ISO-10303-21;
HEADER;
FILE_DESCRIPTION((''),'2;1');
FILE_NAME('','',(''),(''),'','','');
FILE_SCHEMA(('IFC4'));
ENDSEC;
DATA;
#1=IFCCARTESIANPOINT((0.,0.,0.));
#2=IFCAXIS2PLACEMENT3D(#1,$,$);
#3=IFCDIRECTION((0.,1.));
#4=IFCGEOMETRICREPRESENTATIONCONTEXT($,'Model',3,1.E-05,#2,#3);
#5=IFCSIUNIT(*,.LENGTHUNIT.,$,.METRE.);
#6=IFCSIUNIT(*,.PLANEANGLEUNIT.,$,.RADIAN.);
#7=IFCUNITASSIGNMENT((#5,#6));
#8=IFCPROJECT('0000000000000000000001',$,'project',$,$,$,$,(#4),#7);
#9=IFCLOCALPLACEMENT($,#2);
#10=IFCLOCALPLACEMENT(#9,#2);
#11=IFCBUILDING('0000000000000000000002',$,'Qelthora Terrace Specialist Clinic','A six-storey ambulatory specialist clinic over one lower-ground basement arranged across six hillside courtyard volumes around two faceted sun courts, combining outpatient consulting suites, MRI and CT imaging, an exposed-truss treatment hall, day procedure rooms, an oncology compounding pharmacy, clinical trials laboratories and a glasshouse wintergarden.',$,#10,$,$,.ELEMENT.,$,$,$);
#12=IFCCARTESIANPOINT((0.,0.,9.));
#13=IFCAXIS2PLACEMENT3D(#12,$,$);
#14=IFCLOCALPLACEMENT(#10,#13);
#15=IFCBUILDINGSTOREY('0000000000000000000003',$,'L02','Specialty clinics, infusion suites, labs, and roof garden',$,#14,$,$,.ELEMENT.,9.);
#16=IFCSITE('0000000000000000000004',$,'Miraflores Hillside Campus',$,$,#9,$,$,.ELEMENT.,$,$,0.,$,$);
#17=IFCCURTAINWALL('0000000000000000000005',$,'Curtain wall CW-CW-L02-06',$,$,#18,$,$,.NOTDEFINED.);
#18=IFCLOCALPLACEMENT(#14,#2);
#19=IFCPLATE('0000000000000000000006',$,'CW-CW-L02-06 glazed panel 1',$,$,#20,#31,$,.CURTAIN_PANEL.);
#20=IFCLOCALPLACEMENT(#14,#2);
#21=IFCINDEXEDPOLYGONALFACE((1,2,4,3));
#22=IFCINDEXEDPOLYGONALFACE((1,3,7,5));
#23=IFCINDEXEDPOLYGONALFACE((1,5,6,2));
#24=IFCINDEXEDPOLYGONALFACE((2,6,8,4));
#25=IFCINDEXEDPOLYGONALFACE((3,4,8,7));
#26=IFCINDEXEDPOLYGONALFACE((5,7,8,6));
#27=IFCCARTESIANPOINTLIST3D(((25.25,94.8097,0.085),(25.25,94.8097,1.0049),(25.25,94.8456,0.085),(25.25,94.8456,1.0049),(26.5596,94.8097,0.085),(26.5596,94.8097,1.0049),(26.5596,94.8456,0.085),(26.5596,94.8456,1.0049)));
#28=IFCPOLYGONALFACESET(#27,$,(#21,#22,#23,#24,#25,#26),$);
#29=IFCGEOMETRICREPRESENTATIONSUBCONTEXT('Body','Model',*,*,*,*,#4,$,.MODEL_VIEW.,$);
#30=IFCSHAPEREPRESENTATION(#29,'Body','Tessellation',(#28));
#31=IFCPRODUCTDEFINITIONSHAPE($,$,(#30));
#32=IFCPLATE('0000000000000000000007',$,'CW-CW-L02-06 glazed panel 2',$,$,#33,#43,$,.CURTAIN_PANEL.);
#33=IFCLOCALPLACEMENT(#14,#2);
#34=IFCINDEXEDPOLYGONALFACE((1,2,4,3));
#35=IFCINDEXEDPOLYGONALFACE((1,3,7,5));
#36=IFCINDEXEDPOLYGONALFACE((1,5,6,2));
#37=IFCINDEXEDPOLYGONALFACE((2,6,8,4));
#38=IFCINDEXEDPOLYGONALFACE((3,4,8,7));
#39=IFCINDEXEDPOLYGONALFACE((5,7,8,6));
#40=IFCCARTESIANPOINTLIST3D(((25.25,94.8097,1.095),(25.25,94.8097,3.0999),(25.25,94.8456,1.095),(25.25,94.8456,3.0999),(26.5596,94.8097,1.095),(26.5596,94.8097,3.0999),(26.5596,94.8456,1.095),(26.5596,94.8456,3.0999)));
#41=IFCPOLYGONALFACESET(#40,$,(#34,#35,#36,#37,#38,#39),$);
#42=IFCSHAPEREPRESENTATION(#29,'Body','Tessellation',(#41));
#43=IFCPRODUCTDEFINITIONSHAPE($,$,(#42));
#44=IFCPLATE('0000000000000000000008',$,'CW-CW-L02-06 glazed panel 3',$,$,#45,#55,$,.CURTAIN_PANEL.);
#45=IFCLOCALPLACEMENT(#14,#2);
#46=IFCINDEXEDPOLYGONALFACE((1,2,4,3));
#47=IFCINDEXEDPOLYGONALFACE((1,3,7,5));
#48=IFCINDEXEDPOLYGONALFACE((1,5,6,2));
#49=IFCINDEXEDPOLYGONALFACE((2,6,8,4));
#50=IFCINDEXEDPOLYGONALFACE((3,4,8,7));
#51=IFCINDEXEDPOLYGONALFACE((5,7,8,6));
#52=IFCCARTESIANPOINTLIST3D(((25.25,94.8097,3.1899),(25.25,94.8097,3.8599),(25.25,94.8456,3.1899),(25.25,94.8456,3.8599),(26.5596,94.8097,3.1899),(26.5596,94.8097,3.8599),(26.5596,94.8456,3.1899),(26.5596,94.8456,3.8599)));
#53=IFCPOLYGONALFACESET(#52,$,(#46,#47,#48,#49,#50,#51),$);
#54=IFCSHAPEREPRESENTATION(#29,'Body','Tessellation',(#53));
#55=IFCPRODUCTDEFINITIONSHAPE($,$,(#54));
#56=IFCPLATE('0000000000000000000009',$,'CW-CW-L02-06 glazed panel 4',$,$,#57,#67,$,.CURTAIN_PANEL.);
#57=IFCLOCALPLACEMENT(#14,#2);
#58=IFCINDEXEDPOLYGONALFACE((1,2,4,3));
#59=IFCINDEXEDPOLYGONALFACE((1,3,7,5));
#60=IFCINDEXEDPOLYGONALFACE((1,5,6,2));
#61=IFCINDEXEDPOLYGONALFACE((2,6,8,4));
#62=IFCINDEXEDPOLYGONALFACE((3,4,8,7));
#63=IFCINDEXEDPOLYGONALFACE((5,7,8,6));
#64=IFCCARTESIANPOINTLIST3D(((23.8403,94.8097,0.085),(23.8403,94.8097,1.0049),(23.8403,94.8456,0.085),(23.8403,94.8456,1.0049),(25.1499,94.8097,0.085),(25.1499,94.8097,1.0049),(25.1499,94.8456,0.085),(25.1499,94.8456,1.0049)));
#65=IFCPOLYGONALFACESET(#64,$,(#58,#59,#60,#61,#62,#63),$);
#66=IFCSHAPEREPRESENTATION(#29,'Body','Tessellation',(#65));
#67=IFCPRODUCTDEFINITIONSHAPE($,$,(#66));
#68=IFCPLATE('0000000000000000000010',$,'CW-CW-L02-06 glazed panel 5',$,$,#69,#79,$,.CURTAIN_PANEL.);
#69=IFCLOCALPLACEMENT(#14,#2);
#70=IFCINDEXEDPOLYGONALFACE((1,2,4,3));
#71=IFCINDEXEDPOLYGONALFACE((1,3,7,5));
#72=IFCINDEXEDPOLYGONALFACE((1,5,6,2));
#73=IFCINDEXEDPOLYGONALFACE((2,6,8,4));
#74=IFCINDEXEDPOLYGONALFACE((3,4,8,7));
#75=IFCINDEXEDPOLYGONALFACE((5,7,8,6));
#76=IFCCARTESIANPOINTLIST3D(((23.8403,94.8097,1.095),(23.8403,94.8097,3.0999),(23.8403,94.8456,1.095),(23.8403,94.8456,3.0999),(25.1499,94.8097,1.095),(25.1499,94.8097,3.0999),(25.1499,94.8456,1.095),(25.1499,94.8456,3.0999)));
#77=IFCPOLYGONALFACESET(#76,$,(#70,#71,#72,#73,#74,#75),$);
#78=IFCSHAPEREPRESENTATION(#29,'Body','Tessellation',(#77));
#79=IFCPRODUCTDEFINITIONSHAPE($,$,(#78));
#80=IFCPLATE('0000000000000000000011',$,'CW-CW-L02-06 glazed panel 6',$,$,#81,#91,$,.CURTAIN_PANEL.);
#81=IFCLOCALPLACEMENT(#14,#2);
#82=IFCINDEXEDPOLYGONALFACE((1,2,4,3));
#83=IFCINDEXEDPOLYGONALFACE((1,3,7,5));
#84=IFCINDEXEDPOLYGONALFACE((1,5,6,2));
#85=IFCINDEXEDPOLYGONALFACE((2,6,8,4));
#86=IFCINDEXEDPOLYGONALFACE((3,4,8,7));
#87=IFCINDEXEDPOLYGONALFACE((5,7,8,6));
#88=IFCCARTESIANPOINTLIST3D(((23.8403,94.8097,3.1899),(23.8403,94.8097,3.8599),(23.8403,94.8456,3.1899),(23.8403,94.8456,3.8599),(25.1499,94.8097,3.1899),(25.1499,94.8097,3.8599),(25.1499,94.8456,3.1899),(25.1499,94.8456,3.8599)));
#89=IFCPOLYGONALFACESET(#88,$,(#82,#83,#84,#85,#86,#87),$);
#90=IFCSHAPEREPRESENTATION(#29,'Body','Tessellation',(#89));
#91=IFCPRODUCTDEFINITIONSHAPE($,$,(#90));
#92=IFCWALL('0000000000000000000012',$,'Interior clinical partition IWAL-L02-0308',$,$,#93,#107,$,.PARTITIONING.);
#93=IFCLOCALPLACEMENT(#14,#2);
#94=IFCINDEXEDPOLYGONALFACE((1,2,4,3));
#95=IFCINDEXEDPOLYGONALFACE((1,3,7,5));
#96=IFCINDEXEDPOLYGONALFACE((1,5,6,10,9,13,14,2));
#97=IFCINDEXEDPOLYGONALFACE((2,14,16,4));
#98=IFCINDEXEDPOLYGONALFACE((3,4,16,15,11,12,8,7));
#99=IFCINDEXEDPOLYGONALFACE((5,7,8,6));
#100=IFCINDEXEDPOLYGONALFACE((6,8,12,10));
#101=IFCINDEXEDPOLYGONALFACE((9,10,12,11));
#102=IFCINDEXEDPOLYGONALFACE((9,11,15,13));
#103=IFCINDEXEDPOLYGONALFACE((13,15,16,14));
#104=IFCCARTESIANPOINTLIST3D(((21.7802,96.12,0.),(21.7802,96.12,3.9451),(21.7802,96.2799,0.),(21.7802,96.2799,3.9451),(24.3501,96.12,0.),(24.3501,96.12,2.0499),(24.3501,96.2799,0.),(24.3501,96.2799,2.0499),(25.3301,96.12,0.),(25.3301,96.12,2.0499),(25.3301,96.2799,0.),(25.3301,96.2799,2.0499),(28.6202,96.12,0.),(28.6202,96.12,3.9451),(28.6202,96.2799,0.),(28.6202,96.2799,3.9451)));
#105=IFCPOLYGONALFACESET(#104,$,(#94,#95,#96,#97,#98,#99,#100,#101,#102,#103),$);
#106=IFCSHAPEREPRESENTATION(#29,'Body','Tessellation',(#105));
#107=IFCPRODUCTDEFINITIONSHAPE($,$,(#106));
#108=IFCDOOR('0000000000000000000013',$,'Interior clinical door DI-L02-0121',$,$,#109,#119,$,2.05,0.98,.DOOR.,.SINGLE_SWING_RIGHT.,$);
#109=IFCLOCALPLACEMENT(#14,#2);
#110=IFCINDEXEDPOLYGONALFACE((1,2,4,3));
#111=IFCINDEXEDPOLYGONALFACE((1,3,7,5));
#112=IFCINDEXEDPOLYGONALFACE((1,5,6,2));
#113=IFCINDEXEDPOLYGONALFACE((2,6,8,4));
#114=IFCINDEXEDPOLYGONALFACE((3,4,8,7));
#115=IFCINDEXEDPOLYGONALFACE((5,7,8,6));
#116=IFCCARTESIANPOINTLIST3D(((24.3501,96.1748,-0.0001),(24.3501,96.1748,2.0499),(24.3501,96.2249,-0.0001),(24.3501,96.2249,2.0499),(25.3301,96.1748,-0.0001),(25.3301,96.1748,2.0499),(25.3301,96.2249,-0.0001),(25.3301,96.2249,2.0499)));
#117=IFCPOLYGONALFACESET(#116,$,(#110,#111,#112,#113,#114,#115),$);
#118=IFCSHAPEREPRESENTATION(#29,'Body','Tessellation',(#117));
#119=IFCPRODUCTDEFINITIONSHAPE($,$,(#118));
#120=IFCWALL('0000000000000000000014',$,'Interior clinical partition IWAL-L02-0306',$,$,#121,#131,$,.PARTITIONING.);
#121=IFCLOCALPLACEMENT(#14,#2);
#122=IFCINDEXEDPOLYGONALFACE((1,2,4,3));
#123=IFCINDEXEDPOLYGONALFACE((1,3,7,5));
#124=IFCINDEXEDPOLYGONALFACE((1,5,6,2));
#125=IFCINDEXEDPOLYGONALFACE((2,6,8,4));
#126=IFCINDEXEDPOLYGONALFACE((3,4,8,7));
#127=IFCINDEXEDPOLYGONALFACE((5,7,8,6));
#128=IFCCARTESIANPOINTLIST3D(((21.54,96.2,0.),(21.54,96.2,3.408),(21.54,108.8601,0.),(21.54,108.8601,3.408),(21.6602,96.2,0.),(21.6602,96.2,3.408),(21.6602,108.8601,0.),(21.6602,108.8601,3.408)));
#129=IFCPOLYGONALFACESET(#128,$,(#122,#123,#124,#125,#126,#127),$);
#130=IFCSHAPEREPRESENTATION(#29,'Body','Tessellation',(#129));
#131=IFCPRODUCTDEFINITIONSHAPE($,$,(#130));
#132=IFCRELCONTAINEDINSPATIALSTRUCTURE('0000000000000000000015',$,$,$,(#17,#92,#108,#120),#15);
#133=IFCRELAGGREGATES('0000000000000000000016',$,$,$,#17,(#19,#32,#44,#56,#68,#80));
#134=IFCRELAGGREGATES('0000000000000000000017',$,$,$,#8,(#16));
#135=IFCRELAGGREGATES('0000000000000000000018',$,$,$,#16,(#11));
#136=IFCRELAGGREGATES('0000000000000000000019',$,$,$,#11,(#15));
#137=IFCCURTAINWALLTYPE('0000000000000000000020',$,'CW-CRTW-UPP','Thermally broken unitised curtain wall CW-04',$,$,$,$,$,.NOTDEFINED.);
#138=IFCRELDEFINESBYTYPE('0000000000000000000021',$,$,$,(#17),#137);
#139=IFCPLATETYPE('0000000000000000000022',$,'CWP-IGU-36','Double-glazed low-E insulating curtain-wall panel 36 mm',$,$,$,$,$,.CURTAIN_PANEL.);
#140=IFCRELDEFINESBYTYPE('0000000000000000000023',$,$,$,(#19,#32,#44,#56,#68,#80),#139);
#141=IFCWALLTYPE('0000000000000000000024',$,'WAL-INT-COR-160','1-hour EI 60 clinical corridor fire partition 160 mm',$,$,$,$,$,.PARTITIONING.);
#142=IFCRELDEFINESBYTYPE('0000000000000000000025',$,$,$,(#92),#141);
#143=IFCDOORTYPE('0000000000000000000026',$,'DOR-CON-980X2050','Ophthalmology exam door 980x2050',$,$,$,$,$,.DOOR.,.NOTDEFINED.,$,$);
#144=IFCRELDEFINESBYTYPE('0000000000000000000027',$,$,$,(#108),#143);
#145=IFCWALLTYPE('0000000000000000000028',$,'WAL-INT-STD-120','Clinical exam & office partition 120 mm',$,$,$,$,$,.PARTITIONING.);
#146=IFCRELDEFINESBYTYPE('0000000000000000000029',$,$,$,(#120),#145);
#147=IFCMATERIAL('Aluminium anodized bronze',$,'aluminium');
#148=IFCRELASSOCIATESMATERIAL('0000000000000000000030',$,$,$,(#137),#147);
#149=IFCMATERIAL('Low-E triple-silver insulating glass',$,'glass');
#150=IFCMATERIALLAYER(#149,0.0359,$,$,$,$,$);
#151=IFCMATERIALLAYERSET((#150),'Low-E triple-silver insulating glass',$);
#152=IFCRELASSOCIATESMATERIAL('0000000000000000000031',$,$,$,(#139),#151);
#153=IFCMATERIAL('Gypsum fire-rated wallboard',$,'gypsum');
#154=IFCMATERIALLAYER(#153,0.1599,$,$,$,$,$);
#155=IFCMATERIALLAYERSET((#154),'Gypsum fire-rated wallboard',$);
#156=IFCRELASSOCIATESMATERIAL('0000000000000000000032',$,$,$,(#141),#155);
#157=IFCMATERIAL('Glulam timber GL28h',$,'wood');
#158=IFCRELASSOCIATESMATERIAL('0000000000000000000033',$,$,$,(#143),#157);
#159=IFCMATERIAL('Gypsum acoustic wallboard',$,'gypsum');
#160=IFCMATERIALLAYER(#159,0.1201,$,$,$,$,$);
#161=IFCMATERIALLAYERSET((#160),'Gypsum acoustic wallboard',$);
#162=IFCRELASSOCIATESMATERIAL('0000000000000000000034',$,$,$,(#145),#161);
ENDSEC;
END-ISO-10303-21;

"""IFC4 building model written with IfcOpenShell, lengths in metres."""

from ifc_helpers import new_model, si_unit, direction, frame, frame_2d, origin, origin_2d, place, context, subcontext, project, spatial, rectangle, extrude, material, layer, layer_set, type_object, element, fill, aggregate, save


model = new_model("IFC4")

# Units and contexts
model_context = context("Model", 3, precision=1e-05, world=origin(), true_north=direction((0.0, 1.0)))
body_context = subcontext(model_context, "Body", "Model", "MODEL_VIEW")
ifc_project = project(units=[si_unit("LENGTHUNIT", "METRE"), si_unit("PLANEANGLEUNIT", "RADIAN")], contexts=[model_context])

# Site, building, storey
site_placement = place(None, origin())
site = spatial("IfcSite", under=ifc_project, at=site_placement, Name="Miraflores Hillside Campus", CompositionType="ELEMENT", RefElevation=0.0)
building_placement = place(site_placement, origin())
building = spatial("IfcBuilding", under=site, at=building_placement, Name="Qelthora Terrace Specialist Clinic", Description="A six-storey ambulatory specialist clinic over one lower-ground basement arranged across six hillside courtyard volumes around two faceted sun courts, combining outpatient consulting suites, MRI and CT imaging, an exposed-truss treatment hall, day procedure rooms, an oncology compounding pharmacy, clinical trials laboratories and a glasshouse wintergarden.", CompositionType="ELEMENT")
storey_placement = place(building_placement, frame((0.0, 0.0, 9.0)))
storey = spatial("IfcBuildingStorey", under=building, at=storey_placement, Name="L02", Description="Specialty clinics, infusion suites, labs, and roof garden", CompositionType="ELEMENT", Elevation=9.0)

# Shared definitions
ifc_material_1 = material(Name="Aluminium anodized bronze", Category="aluminium")
curtain_wall_type = type_object("IfcCurtainWallType", Name="CW-CRTW-UPP", Description="Thermally broken unitised curtain wall CW-04", PredefinedType="NOTDEFINED", material=ifc_material_1)

# Curtain wall
curtain_wall_1_placement = place(storey_placement, origin())
curtain_wall_1 = element("IfcCurtainWall", 1, at=curtain_wall_1_placement, inside=storey, type_object=curtain_wall_type, Name="Curtain wall CW-CW-L02-06", PredefinedType="NOTDEFINED")

# Plates
ifc_material_2 = material(Name="Low-E triple-silver insulating glass", Category="glass")
ifc_layer_1 = layer(ifc_material_2, 0.0359)
ifc_layer_set_1 = layer_set([ifc_layer_1], Name="Low-E triple-silver insulating glass")
plate_type = type_object("IfcPlateType", Name="CWP-IGU-36", Description="Double-glazed low-E insulating curtain-wall panel 36 mm", PredefinedType="CURTAIN_PANEL", material=ifc_layer_set_1)
plate_1_placement = place(storey_placement, frame((25.9048, 94.8276, 0.085), z_axis=(0.0, 0.0, 1.0), x_axis=(-1.0, 0.0, 0.0)))
plate_1 = element("IfcPlate", 2, at=plate_1_placement, type_object=plate_type, Name="CW-CW-L02-06 glazed panel 1", PredefinedType="CURTAIN_PANEL", context=body_context, shape_type="SweptSolid", body=[
    extrude(rectangle(XDim=1.3096, YDim=0.0359, at=origin_2d()), origin(), (0.0, 0.0, 1.0), 0.9199),
])
plate_2_placement = place(storey_placement, frame((25.9048, 94.8276, 1.095), z_axis=(0.0, 0.0, 1.0), x_axis=(-1.0, 0.0, 0.0)))
plate_2 = element("IfcPlate", 3, at=plate_2_placement, type_object=plate_type, Name="CW-CW-L02-06 glazed panel 2", PredefinedType="CURTAIN_PANEL", context=body_context, shape_type="SweptSolid", body=[
    extrude(rectangle(XDim=1.3096, YDim=0.0359, at=origin_2d()), origin(), (0.0, 0.0, 1.0), 2.0049),
])
plate_3_placement = place(storey_placement, frame((25.9048, 94.8276, 3.1899), z_axis=(0.0, 0.0, 1.0), x_axis=(-1.0, 0.0, 0.0)))
plate_3 = element("IfcPlate", 4, at=plate_3_placement, type_object=plate_type, Name="CW-CW-L02-06 glazed panel 3", PredefinedType="CURTAIN_PANEL", context=body_context, shape_type="SweptSolid", body=[
    extrude(rectangle(XDim=1.3096, YDim=0.0359, at=origin_2d()), origin(), (0.0, 0.0, 1.0), 0.6699),
])
plate_4_placement = place(storey_placement, frame((24.4951, 94.8276, 0.085), z_axis=(0.0, 0.0, 1.0), x_axis=(-1.0, 0.0, 0.0)))
plate_4 = element("IfcPlate", 5, at=plate_4_placement, type_object=plate_type, Name="CW-CW-L02-06 glazed panel 4", PredefinedType="CURTAIN_PANEL", context=body_context, shape_type="SweptSolid", body=[
    extrude(rectangle(XDim=1.3096, YDim=0.0359, at=origin_2d()), origin(), (0.0, 0.0, 1.0), 0.9199),
])
plate_5_placement = place(storey_placement, frame((24.4951, 94.8276, 1.095), z_axis=(0.0, 0.0, 1.0), x_axis=(-1.0, 0.0, 0.0)))
plate_5 = element("IfcPlate", 6, at=plate_5_placement, type_object=plate_type, Name="CW-CW-L02-06 glazed panel 5", PredefinedType="CURTAIN_PANEL", context=body_context, shape_type="SweptSolid", body=[
    extrude(rectangle(XDim=1.3096, YDim=0.0359, at=origin_2d()), origin(), (0.0, 0.0, 1.0), 2.0049),
])
plate_6_placement = place(storey_placement, frame((24.4951, 94.8276, 3.1899), z_axis=(0.0, 0.0, 1.0), x_axis=(-1.0, 0.0, 0.0)))
plate_6 = element("IfcPlate", 7, at=plate_6_placement, type_object=plate_type, Name="CW-CW-L02-06 glazed panel 6", PredefinedType="CURTAIN_PANEL", context=body_context, shape_type="SweptSolid", body=[
    extrude(rectangle(XDim=1.3096, YDim=0.0359, at=origin_2d()), origin(), (0.0, 0.0, 1.0), 0.6699),
])
aggregate(curtain_wall_1, [plate_1, plate_2, plate_3, plate_4, plate_5, plate_6])

# Wall, opening, door
ifc_material_3 = material(Name="Gypsum fire-rated wallboard", Category="gypsum")
ifc_layer_2 = layer(ifc_material_3, 0.1599)
ifc_layer_set_2 = layer_set([ifc_layer_2], Name="Gypsum fire-rated wallboard")
wall_type_1 = type_object("IfcWallType", Name="WAL-INT-COR-160", Description="1-hour EI 60 clinical corridor fire partition 160 mm", PredefinedType="PARTITIONING", material=ifc_layer_set_2)
wall_1_placement = place(storey_placement, frame((28.6201, 96.2, 0.0), z_axis=(0.0, 0.0, 1.0), x_axis=(-1.0, 0.0, 0.0)))
wall_1 = element("IfcWall", 8, at=wall_1_placement, inside=storey, type_object=wall_type_1, Name="Interior clinical partition IWAL-L02-0308", PredefinedType="PARTITIONING", context=body_context, shape_type="SweptSolid", body=[
    extrude(rectangle(XDim=6.8401, YDim=0.1599, at=frame_2d((3.4199, 0.0))), origin(), (0.0, 0.0, 1.0), 3.9451),
])
opening_placement = place(wall_1_placement, frame((3.29, 0.0, 0.0)))
opening = element("IfcOpeningElement", 9, at=opening_placement, cuts=wall_1, PredefinedType="OPENING", context=body_context, shape_type="SweptSolid", body=[
    extrude(rectangle(XDim=0.98, YDim=2.05, at=frame_2d((0.49, 1.0249))), frame((0.0, 0.0898, 0.0), z_axis=(0.0, -1.0, 0.0), x_axis=(1.0, 0.0, 0.0)), (0.0, 0.0, 1.0), 0.1799),
])
ifc_material_4 = material(Name="Glulam timber GL28h", Category="wood")
door_type = type_object("IfcDoorType", Name="DOR-CON-980X2050", Description="Ophthalmology exam door 980x2050", OperationType="NOTDEFINED", PredefinedType="DOOR", material=ifc_material_4)
door_placement = place(opening_placement, frame((0.98, 0.0, 0.0), z_axis=(0.0, 0.0, 1.0), x_axis=(-1.0, 0.0, 0.0)))
door = element("IfcDoor", 10, at=door_placement, inside=storey, type_object=door_type, Name="Interior clinical door DI-L02-0121", OperationType="SINGLE_SWING_RIGHT", OverallHeight=2.05, OverallWidth=0.98, PredefinedType="DOOR", context=body_context, shape_type="SweptSolid", body=[
    extrude(rectangle(XDim=0.98, YDim=2.05, at=frame_2d((0.49, 1.0249))), frame((0.0, 0.0249, 0.0), z_axis=(0.0, -1.0, 0.0), x_axis=(1.0, 0.0, 0.0)), (0.0, 0.0, 1.0), 0.05),
])
fill(opening, door)

# Wall
ifc_material_5 = material(Name="Gypsum acoustic wallboard", Category="gypsum")
ifc_layer_3 = layer(ifc_material_5, 0.1201)
ifc_layer_set_3 = layer_set([ifc_layer_3], Name="Gypsum acoustic wallboard")
wall_type_2 = type_object("IfcWallType", Name="WAL-INT-STD-120", Description="Clinical exam & office partition 120 mm", PredefinedType="PARTITIONING", material=ifc_layer_set_3)
wall_2_placement = place(storey_placement, frame((21.6001, 96.2, 0.0), z_axis=(0.0, 0.0, 1.0), x_axis=(0.0, 1.0, 0.0)))
element("IfcWall", 11, at=wall_2_placement, inside=storey, type_object=wall_type_2, Name="Interior clinical partition IWAL-L02-0306", PredefinedType="PARTITIONING", context=body_context, shape_type="SweptSolid", body=[
    extrude(rectangle(XDim=12.6602, YDim=0.1201, at=frame_2d((6.3301, 0.0))), origin(), (0.0, 0.0, 1.0), 3.408),
])

save(model, "model.ifc")
